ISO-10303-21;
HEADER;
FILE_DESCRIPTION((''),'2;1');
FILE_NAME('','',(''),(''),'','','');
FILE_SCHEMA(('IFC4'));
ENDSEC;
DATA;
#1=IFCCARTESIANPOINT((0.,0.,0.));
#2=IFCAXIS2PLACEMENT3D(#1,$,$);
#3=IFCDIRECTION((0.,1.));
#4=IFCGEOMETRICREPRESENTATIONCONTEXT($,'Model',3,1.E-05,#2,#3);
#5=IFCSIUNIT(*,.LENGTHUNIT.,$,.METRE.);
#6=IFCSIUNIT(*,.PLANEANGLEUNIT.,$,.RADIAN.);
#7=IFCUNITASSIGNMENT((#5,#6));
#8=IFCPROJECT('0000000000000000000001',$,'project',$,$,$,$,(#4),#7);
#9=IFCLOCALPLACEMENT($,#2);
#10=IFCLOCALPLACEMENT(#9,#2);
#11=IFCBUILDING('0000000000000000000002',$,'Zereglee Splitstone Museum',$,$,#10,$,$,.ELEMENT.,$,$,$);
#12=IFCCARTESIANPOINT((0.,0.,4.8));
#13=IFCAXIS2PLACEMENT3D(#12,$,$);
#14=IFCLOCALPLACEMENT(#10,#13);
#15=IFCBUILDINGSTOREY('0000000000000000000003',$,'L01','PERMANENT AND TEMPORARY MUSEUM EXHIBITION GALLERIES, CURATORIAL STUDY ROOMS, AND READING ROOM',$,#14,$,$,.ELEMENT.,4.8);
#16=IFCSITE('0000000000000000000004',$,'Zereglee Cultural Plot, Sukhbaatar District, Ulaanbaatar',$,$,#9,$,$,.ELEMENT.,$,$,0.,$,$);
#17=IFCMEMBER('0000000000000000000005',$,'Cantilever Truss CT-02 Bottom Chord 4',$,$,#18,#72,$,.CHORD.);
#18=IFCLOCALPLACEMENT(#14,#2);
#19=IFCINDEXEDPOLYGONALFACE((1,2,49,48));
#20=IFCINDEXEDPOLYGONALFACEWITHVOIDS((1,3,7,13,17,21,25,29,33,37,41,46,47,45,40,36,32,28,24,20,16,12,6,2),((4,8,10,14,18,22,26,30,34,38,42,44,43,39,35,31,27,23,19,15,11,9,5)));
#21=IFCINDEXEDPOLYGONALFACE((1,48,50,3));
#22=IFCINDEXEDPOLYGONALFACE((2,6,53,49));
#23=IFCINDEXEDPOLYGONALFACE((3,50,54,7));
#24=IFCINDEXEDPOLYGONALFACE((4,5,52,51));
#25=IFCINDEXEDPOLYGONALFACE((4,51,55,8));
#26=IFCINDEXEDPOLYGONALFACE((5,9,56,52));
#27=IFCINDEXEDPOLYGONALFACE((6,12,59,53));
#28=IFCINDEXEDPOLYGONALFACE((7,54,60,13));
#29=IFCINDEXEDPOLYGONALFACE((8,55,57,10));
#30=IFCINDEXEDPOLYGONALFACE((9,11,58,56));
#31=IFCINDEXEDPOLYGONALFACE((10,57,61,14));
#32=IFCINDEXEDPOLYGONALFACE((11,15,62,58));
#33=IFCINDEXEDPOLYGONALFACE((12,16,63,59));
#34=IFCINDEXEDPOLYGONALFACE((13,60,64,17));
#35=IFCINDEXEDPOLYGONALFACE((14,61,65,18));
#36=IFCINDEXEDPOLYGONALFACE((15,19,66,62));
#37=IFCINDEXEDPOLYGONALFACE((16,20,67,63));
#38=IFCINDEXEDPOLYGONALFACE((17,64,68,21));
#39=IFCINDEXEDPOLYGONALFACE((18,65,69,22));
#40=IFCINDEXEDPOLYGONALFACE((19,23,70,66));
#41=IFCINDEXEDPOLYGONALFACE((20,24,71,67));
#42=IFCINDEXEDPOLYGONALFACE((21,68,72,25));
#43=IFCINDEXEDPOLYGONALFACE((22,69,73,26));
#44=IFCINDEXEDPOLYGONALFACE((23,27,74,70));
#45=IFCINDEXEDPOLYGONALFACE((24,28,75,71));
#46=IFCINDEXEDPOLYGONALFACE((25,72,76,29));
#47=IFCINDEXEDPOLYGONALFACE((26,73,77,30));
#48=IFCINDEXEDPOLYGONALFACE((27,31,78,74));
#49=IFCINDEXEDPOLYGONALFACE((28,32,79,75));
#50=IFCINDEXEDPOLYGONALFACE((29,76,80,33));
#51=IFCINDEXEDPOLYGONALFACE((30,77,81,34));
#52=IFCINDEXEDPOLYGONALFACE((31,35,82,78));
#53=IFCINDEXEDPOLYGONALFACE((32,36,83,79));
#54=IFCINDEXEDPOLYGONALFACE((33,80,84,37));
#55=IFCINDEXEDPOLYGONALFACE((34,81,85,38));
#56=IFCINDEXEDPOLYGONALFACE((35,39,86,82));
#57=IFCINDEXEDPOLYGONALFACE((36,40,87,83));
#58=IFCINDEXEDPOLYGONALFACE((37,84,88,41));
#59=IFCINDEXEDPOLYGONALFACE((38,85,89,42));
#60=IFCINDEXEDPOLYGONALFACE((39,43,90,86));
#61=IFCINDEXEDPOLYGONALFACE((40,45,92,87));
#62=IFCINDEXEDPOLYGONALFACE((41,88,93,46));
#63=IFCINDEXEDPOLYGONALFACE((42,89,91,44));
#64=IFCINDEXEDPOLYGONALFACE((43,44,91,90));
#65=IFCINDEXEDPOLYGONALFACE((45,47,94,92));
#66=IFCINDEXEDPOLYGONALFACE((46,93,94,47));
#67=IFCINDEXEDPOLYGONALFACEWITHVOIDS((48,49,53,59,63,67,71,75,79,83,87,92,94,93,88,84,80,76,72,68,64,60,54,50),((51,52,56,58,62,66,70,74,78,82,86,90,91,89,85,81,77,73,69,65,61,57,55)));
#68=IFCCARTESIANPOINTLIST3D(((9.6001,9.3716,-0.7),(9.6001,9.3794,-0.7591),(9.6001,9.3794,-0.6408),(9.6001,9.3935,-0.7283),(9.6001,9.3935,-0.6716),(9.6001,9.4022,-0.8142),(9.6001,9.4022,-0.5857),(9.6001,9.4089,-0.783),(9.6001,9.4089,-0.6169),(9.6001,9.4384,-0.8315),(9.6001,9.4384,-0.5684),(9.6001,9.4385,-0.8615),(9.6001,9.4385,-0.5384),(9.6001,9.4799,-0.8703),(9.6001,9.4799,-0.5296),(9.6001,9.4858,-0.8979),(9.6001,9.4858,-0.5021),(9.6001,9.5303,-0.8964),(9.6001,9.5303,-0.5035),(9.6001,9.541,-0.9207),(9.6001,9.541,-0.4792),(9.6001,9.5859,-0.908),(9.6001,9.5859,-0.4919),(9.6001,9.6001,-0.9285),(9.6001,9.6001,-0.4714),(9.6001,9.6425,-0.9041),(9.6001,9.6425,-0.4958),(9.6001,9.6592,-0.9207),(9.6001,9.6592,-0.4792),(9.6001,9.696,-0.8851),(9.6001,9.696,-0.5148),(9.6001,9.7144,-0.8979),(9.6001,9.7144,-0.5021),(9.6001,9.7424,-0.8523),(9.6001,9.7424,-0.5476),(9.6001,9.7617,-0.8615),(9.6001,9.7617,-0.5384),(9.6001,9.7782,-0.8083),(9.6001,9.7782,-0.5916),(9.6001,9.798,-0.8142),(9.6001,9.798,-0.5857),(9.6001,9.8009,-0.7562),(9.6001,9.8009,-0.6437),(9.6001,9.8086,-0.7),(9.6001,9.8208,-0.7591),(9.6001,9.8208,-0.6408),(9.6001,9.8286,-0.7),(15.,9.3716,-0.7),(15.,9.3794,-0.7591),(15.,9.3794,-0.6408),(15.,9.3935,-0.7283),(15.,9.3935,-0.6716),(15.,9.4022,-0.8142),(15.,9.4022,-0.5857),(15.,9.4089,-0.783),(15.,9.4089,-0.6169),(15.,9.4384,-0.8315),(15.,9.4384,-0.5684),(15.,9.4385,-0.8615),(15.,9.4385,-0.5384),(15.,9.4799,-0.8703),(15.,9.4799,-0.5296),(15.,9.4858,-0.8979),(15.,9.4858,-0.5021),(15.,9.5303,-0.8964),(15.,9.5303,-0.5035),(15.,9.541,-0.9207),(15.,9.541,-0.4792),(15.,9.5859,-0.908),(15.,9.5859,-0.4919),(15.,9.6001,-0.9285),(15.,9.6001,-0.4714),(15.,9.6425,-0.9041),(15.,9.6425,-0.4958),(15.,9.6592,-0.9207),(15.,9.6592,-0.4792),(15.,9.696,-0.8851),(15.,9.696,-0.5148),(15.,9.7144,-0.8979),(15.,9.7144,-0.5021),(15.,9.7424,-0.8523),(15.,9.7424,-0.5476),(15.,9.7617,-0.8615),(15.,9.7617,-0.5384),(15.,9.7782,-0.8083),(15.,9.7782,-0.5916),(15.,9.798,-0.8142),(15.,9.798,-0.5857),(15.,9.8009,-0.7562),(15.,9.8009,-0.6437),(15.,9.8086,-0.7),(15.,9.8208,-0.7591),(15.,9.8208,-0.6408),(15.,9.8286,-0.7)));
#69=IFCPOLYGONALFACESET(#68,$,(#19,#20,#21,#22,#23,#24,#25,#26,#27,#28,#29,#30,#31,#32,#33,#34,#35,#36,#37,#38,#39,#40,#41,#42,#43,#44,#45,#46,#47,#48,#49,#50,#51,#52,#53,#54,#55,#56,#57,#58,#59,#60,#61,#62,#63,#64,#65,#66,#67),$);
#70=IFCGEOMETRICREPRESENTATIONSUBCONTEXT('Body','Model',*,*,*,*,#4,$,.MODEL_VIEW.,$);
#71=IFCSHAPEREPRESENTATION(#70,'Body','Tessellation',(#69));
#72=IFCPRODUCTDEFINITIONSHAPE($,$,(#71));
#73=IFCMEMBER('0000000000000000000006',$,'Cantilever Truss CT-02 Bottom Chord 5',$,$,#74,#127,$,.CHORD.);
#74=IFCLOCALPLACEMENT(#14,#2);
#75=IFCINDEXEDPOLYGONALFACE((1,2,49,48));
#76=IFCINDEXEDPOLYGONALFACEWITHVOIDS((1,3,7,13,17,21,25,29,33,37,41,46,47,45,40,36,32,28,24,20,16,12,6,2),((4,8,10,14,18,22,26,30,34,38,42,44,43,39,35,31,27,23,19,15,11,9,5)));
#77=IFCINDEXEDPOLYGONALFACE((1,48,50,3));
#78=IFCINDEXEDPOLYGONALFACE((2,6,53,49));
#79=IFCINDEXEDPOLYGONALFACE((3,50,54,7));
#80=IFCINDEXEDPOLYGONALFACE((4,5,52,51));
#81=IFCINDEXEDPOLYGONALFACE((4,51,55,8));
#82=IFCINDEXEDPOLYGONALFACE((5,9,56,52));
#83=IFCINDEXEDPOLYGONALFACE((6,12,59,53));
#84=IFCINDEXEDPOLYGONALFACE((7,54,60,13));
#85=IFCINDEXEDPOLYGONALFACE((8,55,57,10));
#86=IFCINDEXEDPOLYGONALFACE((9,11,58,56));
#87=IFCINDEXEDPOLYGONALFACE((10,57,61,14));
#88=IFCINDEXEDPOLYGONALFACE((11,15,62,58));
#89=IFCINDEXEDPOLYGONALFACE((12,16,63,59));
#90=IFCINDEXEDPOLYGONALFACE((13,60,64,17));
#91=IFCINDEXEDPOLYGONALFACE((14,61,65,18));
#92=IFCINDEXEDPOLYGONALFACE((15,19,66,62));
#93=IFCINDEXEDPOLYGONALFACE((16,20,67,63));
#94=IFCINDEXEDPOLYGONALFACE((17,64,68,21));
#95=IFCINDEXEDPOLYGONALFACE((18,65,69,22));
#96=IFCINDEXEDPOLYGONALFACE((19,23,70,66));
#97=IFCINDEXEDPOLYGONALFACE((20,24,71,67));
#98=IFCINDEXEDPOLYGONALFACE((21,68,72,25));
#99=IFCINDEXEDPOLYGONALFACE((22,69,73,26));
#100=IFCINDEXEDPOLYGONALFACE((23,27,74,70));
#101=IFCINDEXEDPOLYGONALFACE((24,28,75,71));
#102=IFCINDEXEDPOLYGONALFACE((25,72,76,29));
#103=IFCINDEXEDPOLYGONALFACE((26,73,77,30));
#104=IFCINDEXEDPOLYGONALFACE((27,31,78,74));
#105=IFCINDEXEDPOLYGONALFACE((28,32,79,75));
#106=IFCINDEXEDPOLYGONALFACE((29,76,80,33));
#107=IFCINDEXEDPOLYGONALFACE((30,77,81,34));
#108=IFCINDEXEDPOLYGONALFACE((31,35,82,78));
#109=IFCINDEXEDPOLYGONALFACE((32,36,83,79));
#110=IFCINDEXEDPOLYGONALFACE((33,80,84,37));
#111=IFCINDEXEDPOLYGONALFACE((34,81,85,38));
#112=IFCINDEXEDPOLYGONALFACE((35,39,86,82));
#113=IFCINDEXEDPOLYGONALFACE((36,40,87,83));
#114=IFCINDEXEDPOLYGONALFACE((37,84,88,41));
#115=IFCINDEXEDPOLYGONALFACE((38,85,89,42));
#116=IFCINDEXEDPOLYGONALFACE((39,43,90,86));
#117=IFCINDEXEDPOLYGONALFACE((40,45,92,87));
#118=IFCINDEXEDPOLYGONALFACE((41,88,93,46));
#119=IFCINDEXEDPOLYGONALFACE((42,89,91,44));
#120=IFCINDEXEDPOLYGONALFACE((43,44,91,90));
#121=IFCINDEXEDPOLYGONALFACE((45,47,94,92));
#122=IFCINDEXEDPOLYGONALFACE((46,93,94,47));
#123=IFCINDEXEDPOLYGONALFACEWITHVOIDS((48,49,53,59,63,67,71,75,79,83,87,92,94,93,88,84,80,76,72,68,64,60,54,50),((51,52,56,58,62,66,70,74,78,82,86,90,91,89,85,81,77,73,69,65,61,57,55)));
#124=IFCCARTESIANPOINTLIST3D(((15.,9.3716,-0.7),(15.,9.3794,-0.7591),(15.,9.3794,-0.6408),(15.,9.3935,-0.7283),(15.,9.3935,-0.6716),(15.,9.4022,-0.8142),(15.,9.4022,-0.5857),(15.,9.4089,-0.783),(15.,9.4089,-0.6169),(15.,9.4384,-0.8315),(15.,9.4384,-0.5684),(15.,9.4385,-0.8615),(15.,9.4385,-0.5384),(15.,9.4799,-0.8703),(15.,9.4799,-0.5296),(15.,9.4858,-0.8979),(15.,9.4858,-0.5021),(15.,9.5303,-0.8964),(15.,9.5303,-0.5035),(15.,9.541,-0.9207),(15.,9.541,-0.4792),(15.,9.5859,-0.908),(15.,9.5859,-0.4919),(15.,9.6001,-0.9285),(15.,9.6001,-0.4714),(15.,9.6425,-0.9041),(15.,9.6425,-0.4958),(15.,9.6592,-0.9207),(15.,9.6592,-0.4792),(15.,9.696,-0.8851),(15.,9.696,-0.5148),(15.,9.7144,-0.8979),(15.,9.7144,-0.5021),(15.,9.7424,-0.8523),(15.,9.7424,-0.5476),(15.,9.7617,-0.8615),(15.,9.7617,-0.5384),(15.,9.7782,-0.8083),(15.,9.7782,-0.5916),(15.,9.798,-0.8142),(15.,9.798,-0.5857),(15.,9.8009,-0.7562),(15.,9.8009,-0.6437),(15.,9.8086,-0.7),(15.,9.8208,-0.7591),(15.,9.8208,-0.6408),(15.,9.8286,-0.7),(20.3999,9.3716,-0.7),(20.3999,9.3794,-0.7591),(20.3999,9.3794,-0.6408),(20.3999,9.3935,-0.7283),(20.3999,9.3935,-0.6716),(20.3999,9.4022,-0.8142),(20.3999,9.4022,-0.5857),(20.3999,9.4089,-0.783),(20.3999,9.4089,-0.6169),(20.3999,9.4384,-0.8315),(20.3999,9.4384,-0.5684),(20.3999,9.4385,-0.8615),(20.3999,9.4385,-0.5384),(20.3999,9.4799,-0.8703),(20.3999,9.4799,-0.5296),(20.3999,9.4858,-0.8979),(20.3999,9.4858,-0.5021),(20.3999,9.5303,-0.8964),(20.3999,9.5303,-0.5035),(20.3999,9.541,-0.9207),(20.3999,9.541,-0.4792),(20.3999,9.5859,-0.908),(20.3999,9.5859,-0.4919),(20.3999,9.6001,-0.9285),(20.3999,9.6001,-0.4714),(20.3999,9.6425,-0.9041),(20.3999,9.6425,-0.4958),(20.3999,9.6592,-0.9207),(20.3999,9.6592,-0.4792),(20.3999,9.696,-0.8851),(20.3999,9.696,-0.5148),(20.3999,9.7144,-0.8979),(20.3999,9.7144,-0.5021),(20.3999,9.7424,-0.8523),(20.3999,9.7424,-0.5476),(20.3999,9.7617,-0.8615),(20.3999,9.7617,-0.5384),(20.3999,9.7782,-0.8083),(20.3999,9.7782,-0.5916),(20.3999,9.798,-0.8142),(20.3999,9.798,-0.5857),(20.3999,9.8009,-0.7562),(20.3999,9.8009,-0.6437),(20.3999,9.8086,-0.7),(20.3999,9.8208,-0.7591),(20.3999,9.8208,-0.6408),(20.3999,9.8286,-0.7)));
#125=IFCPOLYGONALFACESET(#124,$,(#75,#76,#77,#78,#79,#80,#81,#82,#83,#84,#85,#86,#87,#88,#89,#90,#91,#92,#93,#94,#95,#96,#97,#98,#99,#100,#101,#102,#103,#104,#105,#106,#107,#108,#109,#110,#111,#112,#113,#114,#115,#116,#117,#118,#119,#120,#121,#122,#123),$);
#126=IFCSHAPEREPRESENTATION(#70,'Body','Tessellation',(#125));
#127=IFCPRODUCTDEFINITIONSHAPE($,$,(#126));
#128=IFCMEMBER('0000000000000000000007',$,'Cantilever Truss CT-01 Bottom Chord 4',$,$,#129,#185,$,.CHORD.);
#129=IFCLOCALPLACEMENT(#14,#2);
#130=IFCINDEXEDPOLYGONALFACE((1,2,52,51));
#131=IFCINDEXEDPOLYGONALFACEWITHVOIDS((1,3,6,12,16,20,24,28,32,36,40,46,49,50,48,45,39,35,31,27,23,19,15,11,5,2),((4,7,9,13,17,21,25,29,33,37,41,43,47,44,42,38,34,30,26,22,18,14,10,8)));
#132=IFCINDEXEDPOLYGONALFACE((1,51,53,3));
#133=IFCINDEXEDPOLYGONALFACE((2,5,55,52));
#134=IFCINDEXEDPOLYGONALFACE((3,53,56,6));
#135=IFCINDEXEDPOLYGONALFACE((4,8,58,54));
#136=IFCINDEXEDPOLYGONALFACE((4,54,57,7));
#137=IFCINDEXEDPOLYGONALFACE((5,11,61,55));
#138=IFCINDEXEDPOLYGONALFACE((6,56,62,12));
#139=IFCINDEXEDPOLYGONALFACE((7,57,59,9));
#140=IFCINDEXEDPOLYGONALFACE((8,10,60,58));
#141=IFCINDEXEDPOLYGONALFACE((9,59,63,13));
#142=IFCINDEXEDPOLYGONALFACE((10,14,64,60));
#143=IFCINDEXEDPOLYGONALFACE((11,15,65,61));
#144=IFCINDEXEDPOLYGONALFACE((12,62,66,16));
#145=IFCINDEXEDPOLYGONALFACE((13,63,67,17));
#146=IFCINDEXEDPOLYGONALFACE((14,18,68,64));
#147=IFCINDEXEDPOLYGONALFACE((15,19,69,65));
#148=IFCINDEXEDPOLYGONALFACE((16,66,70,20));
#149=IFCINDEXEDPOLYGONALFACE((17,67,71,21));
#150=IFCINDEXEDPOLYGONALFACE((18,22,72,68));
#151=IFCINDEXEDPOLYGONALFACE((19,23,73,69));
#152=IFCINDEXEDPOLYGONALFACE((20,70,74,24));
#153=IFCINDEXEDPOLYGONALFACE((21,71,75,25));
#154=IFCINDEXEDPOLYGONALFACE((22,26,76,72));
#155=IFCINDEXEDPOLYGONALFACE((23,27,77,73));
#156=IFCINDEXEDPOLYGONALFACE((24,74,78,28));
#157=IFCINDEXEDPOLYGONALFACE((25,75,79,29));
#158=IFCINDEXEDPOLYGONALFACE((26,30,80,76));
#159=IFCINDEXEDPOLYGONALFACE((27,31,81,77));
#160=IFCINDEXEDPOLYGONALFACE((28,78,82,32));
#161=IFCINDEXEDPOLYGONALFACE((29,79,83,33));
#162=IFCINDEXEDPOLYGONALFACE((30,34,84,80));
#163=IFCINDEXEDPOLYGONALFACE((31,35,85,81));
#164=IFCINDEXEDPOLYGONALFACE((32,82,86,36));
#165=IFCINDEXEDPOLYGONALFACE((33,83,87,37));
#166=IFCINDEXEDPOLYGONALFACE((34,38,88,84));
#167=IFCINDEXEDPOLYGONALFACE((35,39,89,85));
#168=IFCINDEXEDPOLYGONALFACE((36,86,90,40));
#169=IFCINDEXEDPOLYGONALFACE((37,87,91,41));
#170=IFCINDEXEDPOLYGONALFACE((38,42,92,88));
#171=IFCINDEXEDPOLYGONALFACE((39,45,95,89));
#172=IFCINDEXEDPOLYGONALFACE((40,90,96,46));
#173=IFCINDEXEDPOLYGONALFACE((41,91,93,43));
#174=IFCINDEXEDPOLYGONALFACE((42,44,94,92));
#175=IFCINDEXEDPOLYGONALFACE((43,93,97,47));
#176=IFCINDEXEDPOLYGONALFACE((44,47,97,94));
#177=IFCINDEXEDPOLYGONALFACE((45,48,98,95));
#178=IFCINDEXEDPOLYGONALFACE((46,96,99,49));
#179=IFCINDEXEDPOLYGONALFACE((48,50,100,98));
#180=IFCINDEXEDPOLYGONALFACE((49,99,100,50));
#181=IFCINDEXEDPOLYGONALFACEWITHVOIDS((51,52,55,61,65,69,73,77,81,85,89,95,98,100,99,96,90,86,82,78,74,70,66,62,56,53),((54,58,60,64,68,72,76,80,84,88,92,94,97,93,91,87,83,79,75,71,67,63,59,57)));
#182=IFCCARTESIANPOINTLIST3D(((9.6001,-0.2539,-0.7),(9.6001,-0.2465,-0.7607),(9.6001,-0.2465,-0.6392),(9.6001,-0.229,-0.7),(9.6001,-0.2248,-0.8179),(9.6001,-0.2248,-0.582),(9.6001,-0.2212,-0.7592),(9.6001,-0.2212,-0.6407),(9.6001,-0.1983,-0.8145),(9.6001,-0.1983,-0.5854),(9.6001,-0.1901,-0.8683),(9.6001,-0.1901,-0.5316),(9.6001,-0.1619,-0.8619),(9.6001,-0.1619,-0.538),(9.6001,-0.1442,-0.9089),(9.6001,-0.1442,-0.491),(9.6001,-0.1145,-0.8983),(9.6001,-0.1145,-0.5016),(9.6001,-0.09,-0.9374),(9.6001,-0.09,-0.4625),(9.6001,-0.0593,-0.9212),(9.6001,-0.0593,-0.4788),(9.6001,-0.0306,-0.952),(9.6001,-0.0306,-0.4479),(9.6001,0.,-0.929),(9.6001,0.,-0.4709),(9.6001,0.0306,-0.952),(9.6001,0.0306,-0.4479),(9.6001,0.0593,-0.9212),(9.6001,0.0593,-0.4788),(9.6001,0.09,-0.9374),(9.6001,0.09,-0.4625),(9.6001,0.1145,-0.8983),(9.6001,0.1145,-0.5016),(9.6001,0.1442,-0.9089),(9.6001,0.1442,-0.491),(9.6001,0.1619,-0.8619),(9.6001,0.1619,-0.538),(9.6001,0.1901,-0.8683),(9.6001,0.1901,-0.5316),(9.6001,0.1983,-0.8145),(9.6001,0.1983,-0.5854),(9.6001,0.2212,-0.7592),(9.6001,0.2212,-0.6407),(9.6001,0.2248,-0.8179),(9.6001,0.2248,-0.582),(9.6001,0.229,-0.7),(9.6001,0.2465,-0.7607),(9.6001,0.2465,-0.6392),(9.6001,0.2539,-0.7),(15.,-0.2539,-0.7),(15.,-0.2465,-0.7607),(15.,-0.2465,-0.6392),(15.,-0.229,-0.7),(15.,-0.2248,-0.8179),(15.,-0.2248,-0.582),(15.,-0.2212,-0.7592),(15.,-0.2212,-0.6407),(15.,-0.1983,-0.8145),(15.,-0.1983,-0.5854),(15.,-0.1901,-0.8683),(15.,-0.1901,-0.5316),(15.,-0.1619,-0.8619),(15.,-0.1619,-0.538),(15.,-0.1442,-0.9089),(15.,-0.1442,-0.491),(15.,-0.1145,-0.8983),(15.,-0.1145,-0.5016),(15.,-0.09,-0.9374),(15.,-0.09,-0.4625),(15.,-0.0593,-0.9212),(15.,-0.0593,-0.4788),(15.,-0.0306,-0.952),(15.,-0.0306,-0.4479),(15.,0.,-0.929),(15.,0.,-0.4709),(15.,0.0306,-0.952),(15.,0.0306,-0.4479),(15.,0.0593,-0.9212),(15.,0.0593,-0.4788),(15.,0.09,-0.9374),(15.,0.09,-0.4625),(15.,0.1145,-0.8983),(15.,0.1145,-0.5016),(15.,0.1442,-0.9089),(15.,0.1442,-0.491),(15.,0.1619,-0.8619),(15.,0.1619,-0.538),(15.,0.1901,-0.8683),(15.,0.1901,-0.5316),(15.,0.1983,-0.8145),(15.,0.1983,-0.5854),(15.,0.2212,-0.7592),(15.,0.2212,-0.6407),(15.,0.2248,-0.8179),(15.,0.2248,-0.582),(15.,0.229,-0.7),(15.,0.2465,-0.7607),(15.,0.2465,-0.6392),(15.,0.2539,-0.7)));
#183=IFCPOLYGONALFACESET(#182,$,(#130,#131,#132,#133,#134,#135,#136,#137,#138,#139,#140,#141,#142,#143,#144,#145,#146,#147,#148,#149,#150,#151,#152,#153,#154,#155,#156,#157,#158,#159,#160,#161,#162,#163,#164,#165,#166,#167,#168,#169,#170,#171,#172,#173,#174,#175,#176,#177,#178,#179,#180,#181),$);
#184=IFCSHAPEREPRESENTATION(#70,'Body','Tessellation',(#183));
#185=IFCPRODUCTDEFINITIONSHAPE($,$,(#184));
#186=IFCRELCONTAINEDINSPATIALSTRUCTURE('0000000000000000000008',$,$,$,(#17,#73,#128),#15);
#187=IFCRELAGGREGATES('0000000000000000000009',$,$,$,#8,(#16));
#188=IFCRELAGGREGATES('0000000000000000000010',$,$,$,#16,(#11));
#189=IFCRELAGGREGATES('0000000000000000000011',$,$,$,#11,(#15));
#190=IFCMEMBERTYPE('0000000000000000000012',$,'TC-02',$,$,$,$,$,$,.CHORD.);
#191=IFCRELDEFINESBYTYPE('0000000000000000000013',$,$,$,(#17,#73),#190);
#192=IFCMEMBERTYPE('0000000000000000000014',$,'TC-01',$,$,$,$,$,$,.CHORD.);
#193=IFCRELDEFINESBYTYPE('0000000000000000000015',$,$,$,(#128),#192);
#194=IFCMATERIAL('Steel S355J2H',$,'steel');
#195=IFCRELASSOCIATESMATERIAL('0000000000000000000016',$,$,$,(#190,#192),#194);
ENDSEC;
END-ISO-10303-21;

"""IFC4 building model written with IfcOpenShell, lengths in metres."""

from ifc_helpers import new_model, si_unit, direction, frame, origin, origin_2d, place, context, subcontext, project, spatial, hollow_circle, extrude, material, material_profile, profile_set, type_object, element, save


model = new_model("IFC4")

# Units and contexts
model_context = context("Model", 3, precision=1e-05, world=origin(), true_north=direction((0.0, 1.0)))
body_context = subcontext(model_context, "Body", "Model", "MODEL_VIEW")
ifc_project = project(units=[si_unit("LENGTHUNIT", "METRE"), si_unit("PLANEANGLEUNIT", "RADIAN")], contexts=[model_context])

# Site, building, storey
site_placement = place(None, origin())
site = spatial("IfcSite", under=ifc_project, at=site_placement, Name="Zereglee Cultural Plot, Sukhbaatar District, Ulaanbaatar", CompositionType="ELEMENT", RefElevation=0.0)
building_placement = place(site_placement, origin())
building = spatial("IfcBuilding", under=site, at=building_placement, Name="Zereglee Splitstone Museum", CompositionType="ELEMENT")
storey_placement = place(building_placement, frame((0.0, 0.0, 4.8)))
storey = spatial("IfcBuildingStorey", under=building, at=storey_placement, Name="L01", Description="PERMANENT AND TEMPORARY MUSEUM EXHIBITION GALLERIES, CURATORIAL STUDY ROOMS, AND READING ROOM", CompositionType="ELEMENT", Elevation=4.8)

# Members
ifc_material_1 = material(Name="Steel S355J2H", Category="steel")
ifc_material_profile_1 = material_profile(ifc_material_1, hollow_circle(Radius=0.2285, WallThickness=0.02, at=origin_2d()), Name="CHS 457.0x20")
ifc_profile_set_1 = profile_set([ifc_material_profile_1], Name="Steel S355J2H")
member_type_1 = type_object("IfcMemberType", Name="TC-02", PredefinedType="CHORD", material=ifc_profile_set_1)
for number, where, z_axis, x_axis, name in (
    (1, (9.6001, 9.6001, -0.7), (1.0, 0.0, 0.0), (0.0, 1.0, 0.0), "Cantilever Truss CT-02 Bottom Chord 4"),
    (2, (15.0, 9.6001, -0.7), (1.0, 0.0, 0.0), (0.0, 1.0, 0.0), "Cantilever Truss CT-02 Bottom Chord 5"),
):
    element("IfcMember", number, at=place(storey_placement, frame(where, z_axis=z_axis, x_axis=x_axis)), inside=storey, type_object=member_type_1, Name=name, PredefinedType="CHORD", context=body_context, shape_type="SweptSolid", body=[
        extrude(hollow_circle(Radius=0.2285, WallThickness=0.02, at=origin_2d()), origin(), (0.0, 0.0, 1.0), 5.3999),
    ])
ifc_material_profile_2 = material_profile(ifc_material_1, hollow_circle(Radius=0.2539, WallThickness=0.0249, at=origin_2d()), Name="CHS 508.0x25")
ifc_profile_set_2 = profile_set([ifc_material_profile_2], Name="Steel S355J2H")
member_type_2 = type_object("IfcMemberType", Name="TC-01", PredefinedType="CHORD", material=ifc_profile_set_2)
for number, where, z_axis, x_axis, name in (
    (3, (9.6001, 0.0, -0.7), (1.0, 0.0, 0.0), (0.0, 1.0, 0.0), "Cantilever Truss CT-01 Bottom Chord 4"),
):
    element("IfcMember", number, at=place(storey_placement, frame(where, z_axis=z_axis, x_axis=x_axis)), inside=storey, type_object=member_type_2, Name=name, PredefinedType="CHORD", context=body_context, shape_type="SweptSolid", body=[
        extrude(hollow_circle(Radius=0.2539, WallThickness=0.0249, at=origin_2d()), origin(), (0.0, 0.0, 1.0), 5.3999),
    ])

save(model, "model.ifc")
